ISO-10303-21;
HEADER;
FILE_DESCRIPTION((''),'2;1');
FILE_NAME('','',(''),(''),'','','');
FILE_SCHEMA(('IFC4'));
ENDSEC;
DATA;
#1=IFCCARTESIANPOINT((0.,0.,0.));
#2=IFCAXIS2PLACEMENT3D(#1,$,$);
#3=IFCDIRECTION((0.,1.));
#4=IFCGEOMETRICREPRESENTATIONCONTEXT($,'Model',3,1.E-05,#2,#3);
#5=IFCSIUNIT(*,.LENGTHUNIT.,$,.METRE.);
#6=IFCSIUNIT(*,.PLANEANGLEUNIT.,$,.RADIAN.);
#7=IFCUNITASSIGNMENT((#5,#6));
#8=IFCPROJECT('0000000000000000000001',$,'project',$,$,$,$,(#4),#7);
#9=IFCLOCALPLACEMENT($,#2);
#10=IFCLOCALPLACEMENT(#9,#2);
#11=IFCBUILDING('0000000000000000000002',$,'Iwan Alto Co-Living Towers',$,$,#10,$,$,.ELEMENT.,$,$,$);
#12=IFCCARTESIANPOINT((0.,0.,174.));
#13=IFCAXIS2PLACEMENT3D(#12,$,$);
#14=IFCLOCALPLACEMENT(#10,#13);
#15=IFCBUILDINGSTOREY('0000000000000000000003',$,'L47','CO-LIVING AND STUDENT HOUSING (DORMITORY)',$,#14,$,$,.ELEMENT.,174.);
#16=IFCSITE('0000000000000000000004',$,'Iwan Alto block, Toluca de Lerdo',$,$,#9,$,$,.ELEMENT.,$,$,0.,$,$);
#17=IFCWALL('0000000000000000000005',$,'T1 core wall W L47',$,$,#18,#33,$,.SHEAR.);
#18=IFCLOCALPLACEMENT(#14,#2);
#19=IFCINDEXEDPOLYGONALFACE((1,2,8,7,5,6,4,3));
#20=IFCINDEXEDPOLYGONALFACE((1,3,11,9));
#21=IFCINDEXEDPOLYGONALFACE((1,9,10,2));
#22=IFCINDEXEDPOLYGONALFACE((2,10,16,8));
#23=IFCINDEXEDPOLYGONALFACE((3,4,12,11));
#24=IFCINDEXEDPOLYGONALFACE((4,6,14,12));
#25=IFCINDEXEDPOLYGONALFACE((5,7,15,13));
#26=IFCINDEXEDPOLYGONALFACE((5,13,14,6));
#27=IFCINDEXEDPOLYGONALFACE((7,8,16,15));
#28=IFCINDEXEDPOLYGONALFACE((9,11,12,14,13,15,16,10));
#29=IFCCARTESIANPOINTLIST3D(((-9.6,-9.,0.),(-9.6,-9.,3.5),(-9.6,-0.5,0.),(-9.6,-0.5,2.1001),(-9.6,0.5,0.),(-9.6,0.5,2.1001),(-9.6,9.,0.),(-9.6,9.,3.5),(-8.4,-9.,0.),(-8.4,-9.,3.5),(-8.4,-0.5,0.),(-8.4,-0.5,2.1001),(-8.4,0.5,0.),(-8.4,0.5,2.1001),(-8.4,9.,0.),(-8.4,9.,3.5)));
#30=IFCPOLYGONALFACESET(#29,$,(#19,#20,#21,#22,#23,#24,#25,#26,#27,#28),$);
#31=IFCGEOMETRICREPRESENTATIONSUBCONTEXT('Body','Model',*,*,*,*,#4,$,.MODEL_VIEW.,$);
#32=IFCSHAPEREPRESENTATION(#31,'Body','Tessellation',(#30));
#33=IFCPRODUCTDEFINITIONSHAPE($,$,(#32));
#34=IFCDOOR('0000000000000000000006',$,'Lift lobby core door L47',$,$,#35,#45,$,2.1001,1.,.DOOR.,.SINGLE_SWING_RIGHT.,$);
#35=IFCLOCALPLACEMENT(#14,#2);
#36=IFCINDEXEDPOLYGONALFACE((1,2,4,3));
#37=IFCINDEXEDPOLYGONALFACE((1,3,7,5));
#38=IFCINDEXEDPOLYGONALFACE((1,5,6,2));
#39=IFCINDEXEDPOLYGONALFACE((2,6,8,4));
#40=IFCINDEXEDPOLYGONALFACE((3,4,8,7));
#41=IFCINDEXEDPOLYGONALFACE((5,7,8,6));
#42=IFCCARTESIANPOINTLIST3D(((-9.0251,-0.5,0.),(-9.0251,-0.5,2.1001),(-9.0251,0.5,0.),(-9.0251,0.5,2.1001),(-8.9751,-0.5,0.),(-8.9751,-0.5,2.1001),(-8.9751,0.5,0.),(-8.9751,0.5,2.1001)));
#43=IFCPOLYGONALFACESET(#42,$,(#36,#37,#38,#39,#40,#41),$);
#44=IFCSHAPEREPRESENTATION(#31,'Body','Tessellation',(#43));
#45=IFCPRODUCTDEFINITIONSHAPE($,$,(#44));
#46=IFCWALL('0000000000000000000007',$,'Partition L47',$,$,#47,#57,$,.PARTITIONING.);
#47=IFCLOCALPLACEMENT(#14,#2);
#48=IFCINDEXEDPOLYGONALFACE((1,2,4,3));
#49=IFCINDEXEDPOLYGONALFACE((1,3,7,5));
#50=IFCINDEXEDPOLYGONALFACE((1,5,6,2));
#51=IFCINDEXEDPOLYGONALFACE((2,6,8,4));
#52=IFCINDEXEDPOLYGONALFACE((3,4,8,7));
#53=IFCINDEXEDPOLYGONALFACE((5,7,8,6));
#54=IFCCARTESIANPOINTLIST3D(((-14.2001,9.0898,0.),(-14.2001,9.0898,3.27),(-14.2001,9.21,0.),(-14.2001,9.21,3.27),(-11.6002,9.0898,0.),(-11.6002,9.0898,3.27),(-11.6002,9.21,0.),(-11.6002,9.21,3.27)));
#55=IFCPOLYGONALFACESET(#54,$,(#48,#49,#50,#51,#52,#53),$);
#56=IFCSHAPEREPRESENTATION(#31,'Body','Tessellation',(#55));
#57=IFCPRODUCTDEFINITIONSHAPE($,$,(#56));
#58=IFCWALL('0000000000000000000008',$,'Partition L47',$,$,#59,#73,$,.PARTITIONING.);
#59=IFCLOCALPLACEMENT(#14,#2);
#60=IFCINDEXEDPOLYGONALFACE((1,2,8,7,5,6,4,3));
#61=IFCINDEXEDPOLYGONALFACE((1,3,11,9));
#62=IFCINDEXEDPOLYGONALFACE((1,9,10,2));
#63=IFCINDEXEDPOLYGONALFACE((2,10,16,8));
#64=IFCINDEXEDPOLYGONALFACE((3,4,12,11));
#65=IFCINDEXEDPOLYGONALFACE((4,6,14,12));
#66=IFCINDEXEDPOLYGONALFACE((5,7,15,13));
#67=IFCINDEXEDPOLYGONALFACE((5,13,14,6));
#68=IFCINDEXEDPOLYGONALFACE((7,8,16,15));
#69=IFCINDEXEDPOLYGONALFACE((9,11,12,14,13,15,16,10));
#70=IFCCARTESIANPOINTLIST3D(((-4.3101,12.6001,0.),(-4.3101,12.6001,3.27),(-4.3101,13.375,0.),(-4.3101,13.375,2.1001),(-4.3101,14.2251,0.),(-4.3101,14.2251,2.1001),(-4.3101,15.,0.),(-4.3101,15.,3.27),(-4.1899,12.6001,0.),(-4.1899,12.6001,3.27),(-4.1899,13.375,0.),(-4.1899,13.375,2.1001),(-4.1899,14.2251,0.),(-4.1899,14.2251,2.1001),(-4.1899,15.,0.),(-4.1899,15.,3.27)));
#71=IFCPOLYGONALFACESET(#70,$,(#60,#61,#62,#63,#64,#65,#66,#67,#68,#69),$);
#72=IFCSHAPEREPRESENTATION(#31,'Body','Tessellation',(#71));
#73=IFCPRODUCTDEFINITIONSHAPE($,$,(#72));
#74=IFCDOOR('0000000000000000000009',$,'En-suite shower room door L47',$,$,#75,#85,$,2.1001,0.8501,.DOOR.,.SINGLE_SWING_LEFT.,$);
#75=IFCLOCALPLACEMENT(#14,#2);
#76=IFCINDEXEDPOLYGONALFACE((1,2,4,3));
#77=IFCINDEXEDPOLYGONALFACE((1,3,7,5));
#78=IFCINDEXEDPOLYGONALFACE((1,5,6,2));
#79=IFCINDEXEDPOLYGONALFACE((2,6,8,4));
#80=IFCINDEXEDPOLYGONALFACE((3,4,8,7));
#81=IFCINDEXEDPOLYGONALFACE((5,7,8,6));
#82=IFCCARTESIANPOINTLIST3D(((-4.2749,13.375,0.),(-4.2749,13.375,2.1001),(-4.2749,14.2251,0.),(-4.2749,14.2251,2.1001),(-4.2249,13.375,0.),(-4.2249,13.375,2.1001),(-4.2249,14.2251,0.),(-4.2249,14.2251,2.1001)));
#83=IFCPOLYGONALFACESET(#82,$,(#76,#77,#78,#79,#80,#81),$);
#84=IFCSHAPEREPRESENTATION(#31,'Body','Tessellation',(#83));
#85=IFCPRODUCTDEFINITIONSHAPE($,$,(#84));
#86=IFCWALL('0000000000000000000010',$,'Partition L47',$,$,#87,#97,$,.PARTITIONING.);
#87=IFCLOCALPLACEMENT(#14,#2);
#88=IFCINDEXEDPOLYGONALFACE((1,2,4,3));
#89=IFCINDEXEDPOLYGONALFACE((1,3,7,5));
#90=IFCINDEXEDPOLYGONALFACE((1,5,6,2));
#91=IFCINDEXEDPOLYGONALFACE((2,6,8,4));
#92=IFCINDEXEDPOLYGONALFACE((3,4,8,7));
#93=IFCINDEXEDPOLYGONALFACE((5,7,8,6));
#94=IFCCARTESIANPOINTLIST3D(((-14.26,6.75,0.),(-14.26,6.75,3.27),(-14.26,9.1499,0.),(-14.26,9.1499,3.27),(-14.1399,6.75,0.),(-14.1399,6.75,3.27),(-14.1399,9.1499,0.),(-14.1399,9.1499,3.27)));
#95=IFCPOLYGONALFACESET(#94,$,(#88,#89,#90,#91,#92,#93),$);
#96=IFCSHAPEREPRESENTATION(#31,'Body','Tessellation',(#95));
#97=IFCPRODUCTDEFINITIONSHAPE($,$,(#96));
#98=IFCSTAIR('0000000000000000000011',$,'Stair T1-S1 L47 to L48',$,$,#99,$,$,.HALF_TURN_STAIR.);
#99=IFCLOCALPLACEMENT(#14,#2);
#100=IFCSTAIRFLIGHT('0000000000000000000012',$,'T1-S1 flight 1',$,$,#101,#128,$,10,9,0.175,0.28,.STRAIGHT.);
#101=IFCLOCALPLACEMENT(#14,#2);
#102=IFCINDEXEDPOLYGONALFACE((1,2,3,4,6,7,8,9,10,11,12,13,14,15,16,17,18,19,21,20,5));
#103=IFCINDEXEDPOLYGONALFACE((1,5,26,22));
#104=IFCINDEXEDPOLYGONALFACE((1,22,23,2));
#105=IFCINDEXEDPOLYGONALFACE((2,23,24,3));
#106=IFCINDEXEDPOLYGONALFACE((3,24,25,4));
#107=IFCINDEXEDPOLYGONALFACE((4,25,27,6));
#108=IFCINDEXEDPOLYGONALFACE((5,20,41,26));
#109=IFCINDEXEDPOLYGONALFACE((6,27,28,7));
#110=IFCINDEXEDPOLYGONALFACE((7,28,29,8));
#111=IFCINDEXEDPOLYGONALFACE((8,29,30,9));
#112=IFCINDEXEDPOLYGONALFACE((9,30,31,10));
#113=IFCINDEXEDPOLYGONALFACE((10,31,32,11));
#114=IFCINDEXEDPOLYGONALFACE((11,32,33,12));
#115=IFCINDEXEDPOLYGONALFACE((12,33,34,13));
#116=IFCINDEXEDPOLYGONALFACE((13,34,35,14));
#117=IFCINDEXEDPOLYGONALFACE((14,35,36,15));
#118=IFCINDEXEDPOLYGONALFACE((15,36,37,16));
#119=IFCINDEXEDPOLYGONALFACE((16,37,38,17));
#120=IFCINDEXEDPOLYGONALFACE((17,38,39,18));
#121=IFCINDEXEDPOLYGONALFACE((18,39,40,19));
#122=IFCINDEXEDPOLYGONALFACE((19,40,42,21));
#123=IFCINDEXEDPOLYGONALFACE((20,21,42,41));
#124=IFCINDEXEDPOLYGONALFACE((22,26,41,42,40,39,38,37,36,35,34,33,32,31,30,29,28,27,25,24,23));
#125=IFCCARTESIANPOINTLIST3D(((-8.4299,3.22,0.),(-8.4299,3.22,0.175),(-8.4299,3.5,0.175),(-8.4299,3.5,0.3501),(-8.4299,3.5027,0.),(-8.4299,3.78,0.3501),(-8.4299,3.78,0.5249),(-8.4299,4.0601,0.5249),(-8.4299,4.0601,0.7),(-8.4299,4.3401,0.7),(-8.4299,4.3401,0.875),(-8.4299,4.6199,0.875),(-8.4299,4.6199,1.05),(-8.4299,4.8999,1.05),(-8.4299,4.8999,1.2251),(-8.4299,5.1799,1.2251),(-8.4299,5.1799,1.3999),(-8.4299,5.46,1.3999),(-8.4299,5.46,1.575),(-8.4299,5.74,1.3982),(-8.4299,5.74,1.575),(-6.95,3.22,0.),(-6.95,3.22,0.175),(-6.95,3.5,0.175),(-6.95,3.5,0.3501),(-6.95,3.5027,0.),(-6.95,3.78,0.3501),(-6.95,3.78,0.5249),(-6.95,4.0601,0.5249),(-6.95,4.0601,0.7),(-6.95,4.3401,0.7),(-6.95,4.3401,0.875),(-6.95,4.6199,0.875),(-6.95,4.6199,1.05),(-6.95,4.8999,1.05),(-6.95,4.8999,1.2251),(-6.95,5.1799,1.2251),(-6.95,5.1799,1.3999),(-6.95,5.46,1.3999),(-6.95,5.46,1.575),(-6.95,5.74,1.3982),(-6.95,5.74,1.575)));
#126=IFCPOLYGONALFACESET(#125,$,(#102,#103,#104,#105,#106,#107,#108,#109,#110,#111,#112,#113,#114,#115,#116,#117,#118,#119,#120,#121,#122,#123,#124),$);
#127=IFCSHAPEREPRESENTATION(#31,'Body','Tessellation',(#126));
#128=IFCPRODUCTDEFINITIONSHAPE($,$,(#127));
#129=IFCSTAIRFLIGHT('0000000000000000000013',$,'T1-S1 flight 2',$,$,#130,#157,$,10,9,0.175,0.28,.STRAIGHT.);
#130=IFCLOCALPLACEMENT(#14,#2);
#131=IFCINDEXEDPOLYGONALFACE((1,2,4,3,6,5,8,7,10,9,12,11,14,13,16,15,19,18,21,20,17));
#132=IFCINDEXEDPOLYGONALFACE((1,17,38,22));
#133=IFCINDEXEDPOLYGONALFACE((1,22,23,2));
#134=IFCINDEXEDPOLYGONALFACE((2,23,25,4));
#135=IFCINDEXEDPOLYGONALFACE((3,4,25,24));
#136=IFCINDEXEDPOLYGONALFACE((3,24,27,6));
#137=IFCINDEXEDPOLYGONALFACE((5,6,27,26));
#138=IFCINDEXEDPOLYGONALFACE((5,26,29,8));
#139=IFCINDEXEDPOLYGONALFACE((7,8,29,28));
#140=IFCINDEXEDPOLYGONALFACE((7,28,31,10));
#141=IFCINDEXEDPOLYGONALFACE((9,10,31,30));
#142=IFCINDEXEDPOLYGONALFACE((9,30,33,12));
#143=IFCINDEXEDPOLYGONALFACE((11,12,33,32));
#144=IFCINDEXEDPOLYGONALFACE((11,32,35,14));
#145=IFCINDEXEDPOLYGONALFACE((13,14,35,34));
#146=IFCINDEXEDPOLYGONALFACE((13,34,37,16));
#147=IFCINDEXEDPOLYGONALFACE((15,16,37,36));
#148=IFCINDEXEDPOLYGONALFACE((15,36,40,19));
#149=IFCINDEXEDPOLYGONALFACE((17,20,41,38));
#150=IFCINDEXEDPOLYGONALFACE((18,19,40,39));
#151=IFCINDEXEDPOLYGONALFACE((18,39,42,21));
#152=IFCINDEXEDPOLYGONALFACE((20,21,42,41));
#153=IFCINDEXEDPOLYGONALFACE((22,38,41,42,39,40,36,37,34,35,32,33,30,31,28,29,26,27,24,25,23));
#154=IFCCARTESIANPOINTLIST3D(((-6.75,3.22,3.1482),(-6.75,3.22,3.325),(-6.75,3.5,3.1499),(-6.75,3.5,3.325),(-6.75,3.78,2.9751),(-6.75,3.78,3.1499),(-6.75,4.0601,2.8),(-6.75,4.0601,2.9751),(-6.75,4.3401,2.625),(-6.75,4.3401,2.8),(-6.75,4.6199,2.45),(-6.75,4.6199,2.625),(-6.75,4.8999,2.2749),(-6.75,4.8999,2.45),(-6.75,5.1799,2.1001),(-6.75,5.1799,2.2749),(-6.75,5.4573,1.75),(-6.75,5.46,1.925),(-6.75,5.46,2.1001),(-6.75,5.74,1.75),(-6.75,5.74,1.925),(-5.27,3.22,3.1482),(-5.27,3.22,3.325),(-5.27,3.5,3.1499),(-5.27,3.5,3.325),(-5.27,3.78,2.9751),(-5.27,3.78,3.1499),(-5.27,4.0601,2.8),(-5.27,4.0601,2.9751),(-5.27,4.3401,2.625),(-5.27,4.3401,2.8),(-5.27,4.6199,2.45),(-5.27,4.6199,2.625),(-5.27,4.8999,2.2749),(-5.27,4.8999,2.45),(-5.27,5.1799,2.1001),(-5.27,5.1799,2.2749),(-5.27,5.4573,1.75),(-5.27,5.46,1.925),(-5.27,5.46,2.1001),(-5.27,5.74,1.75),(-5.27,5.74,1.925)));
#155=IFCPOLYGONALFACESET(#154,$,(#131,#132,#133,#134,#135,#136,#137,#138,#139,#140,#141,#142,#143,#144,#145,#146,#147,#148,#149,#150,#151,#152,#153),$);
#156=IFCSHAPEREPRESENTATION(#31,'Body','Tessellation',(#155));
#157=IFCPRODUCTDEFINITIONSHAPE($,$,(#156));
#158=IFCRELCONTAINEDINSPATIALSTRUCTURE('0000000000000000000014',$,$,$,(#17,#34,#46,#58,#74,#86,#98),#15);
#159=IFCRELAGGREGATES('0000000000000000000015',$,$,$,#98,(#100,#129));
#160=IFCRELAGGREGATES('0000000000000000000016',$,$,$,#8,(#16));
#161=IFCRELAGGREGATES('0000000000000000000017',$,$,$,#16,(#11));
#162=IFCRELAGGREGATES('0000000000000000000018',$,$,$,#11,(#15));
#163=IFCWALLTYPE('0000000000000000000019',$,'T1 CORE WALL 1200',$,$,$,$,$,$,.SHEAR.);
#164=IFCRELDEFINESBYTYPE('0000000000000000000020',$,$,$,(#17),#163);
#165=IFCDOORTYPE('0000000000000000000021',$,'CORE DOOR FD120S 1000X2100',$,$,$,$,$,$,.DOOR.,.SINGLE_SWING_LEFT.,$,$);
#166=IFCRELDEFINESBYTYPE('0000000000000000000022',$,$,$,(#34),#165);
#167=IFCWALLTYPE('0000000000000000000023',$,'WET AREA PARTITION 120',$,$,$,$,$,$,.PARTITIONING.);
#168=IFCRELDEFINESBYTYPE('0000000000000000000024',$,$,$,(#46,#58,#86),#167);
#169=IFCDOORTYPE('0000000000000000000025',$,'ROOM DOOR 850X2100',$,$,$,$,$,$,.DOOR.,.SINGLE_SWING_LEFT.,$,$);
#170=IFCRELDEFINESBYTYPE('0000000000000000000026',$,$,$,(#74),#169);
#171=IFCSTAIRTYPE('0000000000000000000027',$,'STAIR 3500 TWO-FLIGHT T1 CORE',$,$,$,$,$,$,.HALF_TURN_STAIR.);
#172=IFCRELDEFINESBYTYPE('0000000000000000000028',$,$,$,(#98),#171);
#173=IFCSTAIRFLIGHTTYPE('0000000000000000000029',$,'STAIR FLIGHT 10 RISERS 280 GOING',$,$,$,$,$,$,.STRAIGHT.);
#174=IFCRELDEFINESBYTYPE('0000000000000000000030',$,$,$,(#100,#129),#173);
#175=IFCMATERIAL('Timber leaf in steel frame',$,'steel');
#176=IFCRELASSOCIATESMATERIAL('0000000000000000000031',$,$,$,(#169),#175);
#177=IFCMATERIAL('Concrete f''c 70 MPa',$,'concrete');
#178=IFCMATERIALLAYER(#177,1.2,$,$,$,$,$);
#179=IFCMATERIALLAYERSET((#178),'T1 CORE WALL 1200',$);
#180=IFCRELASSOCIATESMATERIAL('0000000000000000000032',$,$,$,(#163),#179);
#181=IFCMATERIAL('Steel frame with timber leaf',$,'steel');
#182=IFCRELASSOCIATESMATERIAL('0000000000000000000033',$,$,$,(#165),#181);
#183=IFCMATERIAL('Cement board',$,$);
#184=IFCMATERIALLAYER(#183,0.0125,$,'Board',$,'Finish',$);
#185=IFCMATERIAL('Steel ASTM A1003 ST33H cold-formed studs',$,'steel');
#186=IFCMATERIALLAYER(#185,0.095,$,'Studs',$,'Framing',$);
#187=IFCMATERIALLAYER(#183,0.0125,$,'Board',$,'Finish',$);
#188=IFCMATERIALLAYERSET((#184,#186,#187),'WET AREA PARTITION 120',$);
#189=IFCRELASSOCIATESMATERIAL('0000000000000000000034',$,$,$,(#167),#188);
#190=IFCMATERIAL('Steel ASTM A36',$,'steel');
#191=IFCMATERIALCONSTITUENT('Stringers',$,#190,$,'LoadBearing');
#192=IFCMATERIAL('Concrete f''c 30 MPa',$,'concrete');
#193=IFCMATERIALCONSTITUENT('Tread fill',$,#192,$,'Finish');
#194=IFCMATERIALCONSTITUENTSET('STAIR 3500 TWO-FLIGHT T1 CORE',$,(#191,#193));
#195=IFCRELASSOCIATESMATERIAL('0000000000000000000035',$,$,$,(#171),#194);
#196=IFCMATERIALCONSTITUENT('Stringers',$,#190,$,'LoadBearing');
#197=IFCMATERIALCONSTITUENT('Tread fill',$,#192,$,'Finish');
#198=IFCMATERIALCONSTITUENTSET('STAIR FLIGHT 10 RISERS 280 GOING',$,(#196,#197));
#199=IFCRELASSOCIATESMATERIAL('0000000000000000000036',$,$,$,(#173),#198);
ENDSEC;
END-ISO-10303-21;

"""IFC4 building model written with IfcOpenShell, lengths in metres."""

from ifc_helpers import new_model, si_unit, direction, frame, frame_2d, origin, place, context, subcontext, project, spatial, polyline, rectangle, outline, extrude, material, layer, layer_set, constituent, constituent_set, type_object, element, fill, aggregate, save


model = new_model("IFC4")

# Units and contexts
model_context = context("Model", 3, precision=1e-05, world=origin(), true_north=direction((0.0, 1.0)))
body_context = subcontext(model_context, "Body", "Model", "MODEL_VIEW")
ifc_project = project(units=[si_unit("LENGTHUNIT", "METRE"), si_unit("PLANEANGLEUNIT", "RADIAN")], contexts=[model_context])

# Site, building, storey
site_placement = place(None, origin())
site = spatial("IfcSite", under=ifc_project, at=site_placement, Name="Iwan Alto block, Toluca de Lerdo", CompositionType="ELEMENT", RefElevation=0.0)
building_placement = place(site_placement, origin())
building = spatial("IfcBuilding", under=site, at=building_placement, Name="Iwan Alto Co-Living Towers", CompositionType="ELEMENT")
storey_placement = place(building_placement, frame((0.0, 0.0, 174.0)))
storey = spatial("IfcBuildingStorey", under=building, at=storey_placement, Name="L47", Description="CO-LIVING AND STUDENT HOUSING (DORMITORY)", CompositionType="ELEMENT", Elevation=174.0)

# Shared definitions
ifc_material_1 = material(Name="Steel ASTM A1003 ST33H cold-formed studs", Category="steel")

# Shared definitions
ifc_material_2 = material(Name="Timber leaf in steel frame", Category="steel")
door_type_1 = type_object("IfcDoorType", Name="ROOM DOOR 850X2100", OperationType="SINGLE_SWING_LEFT", PredefinedType="DOOR", material=ifc_material_2)

# Wall, opening, door
ifc_material_3 = material(Name="Concrete f'c 70 MPa", Category="concrete")
ifc_layer_1 = layer(ifc_material_3, 1.2)
ifc_layer_set_1 = layer_set([ifc_layer_1], Name="T1 CORE WALL 1200")
wall_type_1 = type_object("IfcWallType", Name="T1 CORE WALL 1200", PredefinedType="SHEAR", material=ifc_layer_set_1)
wall_1_placement = place(storey_placement, frame((-9.0, 9.0, 0.0), z_axis=(0.0, 0.0, 1.0), x_axis=(0.0, -1.0, 0.0)))
wall_1 = element("IfcWall", 1, at=wall_1_placement, inside=storey, type_object=wall_type_1, Name="T1 core wall W L47", PredefinedType="SHEAR", context=body_context, shape_type="SweptSolid", body=[
    extrude(rectangle(XDim=18.0, YDim=1.2, at=frame_2d((9.0, 0.0))), origin(), (0.0, 0.0, 1.0), 3.5),
])
opening_1_placement = place(wall_1_placement, frame((8.5, 0.0, 0.0)))
opening_1 = element("IfcOpeningElement", 2, at=opening_1_placement, cuts=wall_1, PredefinedType="OPENING", context=body_context, shape_type="SweptSolid", body=[
    extrude(rectangle(XDim=1.0, YDim=2.1001, at=frame_2d((0.5, 1.05))), frame((0.0, 0.6099, 0.0), z_axis=(0.0, -1.0, 0.0), x_axis=(1.0, 0.0, 0.0)), (0.0, 0.0, 1.0), 1.22),
])
ifc_material_4 = material(Name="Steel frame with timber leaf", Category="steel")
door_type_2 = type_object("IfcDoorType", Name="CORE DOOR FD120S 1000X2100", OperationType="SINGLE_SWING_LEFT", PredefinedType="DOOR", material=ifc_material_4)
door_1_placement = place(opening_1_placement, origin())
door_1 = element("IfcDoor", 3, at=door_1_placement, inside=storey, type_object=door_type_2, Name="Lift lobby core door L47", OperationType="SINGLE_SWING_RIGHT", OverallHeight=2.1001, OverallWidth=1.0, PredefinedType="DOOR", context=body_context, shape_type="SweptSolid", body=[
    extrude(rectangle(XDim=1.0, YDim=2.1001, at=frame_2d((0.5, 1.05))), frame((0.0, 0.0249, 0.0), z_axis=(0.0, -1.0, 0.0), x_axis=(1.0, 0.0, 0.0)), (0.0, 0.0, 1.0), 0.05),
])
fill(opening_1, door_1)

# Wall
ifc_material_5 = material(Name="Cement board")
ifc_layer_2 = layer(ifc_material_5, 0.0125, Name="Board", Category="Finish")
ifc_layer_3 = layer(ifc_material_1, 0.095, Name="Studs", Category="Framing")
ifc_layer_4 = layer(ifc_material_5, 0.0125, Name="Board", Category="Finish")
ifc_layer_set_2 = layer_set([ifc_layer_2, ifc_layer_3, ifc_layer_4], Name="WET AREA PARTITION 120")
wall_type_2 = type_object("IfcWallType", Name="WET AREA PARTITION 120", PredefinedType="PARTITIONING", material=ifc_layer_set_2)
wall_2_placement = place(storey_placement, frame((-14.2, 9.1499, 0.0), z_axis=(0.0, 0.0, 1.0), x_axis=(1.0, 0.0, 0.0)))
element("IfcWall", 4, at=wall_2_placement, inside=storey, type_object=wall_type_2, Name="Partition L47", PredefinedType="PARTITIONING", context=body_context, shape_type="SweptSolid", body=[
    extrude(rectangle(XDim=2.5999, YDim=0.1201, at=frame_2d((1.2998, 0.0))), origin(), (0.0, 0.0, 1.0), 3.27),
])

# Wall, opening, door
wall_3_placement = place(storey_placement, frame((-4.25, 12.6001, 0.0), z_axis=(0.0, 0.0, 1.0), x_axis=(0.0, 1.0, 0.0)))
wall_3 = element("IfcWall", 5, at=wall_3_placement, inside=storey, type_object=wall_type_2, Name="Partition L47", PredefinedType="PARTITIONING", context=body_context, shape_type="SweptSolid", body=[
    extrude(rectangle(XDim=2.3999, YDim=0.1201, at=frame_2d((1.2, 0.0))), origin(), (0.0, 0.0, 1.0), 3.27),
])
opening_2_placement = place(wall_3_placement, frame((0.7749, 0.0, 0.0)))
opening_2 = element("IfcOpeningElement", 6, at=opening_2_placement, cuts=wall_3, PredefinedType="OPENING", context=body_context, shape_type="SweptSolid", body=[
    extrude(rectangle(XDim=0.8501, YDim=2.1001, at=frame_2d((0.425, 1.05))), frame((0.0, 0.0701, 0.0), z_axis=(0.0, -1.0, 0.0), x_axis=(1.0, 0.0, 0.0)), (0.0, 0.0, 1.0), 0.1401),
])
door_2_placement = place(opening_2_placement, origin())
door_2 = element("IfcDoor", 7, at=door_2_placement, inside=storey, type_object=door_type_1, Name="En-suite shower room door L47", OperationType="SINGLE_SWING_LEFT", OverallHeight=2.1001, OverallWidth=0.8501, PredefinedType="DOOR", context=body_context, shape_type="SweptSolid", body=[
    extrude(rectangle(XDim=0.8501, YDim=2.1001, at=frame_2d((0.425, 1.05))), frame((0.0, 0.0249, 0.0), z_axis=(0.0, -1.0, 0.0), x_axis=(1.0, 0.0, 0.0)), (0.0, 0.0, 1.0), 0.05),
])
fill(opening_2, door_2)

# Wall
wall_4_placement = place(storey_placement, frame((-14.2, 6.75, 0.0), z_axis=(0.0, 0.0, 1.0), x_axis=(0.0, 1.0, 0.0)))
element("IfcWall", 8, at=wall_4_placement, inside=storey, type_object=wall_type_2, Name="Partition L47", PredefinedType="PARTITIONING", context=body_context, shape_type="SweptSolid", body=[
    extrude(rectangle(XDim=2.3999, YDim=0.1201, at=frame_2d((1.2, 0.0))), origin(), (0.0, 0.0, 1.0), 3.27),
])

# Stair, stair flights
ifc_material_6 = material(Name="Steel ASTM A36", Category="steel")
ifc_constituent_1 = constituent(ifc_material_6, Name="Stringers", Category="LoadBearing")
ifc_material_7 = material(Name="Concrete f'c 30 MPa", Category="concrete")
ifc_constituent_2 = constituent(ifc_material_7, Name="Tread fill", Category="Finish")
ifc_constituent_set_1 = constituent_set(constituents=[ifc_constituent_1, ifc_constituent_2], Name="STAIR 3500 TWO-FLIGHT T1 CORE")
stair_type = type_object("IfcStairType", Name="STAIR 3500 TWO-FLIGHT T1 CORE", PredefinedType="HALF_TURN_STAIR", material=ifc_constituent_set_1)
stair_placement = place(storey_placement, origin())
stair = element("IfcStair", 9, at=stair_placement, inside=storey, type_object=stair_type, Name="Stair T1-S1 L47 to L48", PredefinedType="HALF_TURN_STAIR")
ifc_constituent_3 = constituent(ifc_material_6, Name="Stringers", Category="LoadBearing")
ifc_constituent_4 = constituent(ifc_material_7, Name="Tread fill", Category="Finish")
ifc_constituent_set_2 = constituent_set(constituents=[ifc_constituent_3, ifc_constituent_4], Name="STAIR FLIGHT 10 RISERS 280 GOING")
stair_flight_type = type_object("IfcStairFlightType", Name="STAIR FLIGHT 10 RISERS 280 GOING", PredefinedType="STRAIGHT", material=ifc_constituent_set_2)
stair_flight_1_placement = place(storey_placement, frame((-7.6899, 3.22, 0.0), z_axis=(0.0, 0.0, 1.0), x_axis=(0.0, 1.0, 0.0)))
stair_flight_1 = element("IfcStairFlight", 10, at=stair_flight_1_placement, type_object=stair_flight_type, Name="T1-S1 flight 1", NumberOfRisers=10, NumberOfTreads=9, PredefinedType="STRAIGHT", RiserHeight=0.175, TreadLength=0.28, context=body_context, shape_type="SweptSolid", body=[
    extrude(outline(polyline([(0.0, 0.0), (0.0, 0.175), (0.28, 0.175), (0.28, 0.3501), (0.5601, 0.3501), (0.5601, 0.5249), (0.8401, 0.5249), (0.8401, 0.7), (1.1201, 0.7), (1.1201, 0.875), (1.3999, 0.875), (1.3999, 1.05), (1.6799, 1.05), (1.6799, 1.2251), (1.96, 1.2251), (1.96, 1.3999), (2.24, 1.3999), (2.24, 1.575), (2.52, 1.575), (2.52, 1.75), (2.52, 1.3982), (0.2827, 0.0), (0.0, 0.0)])), frame((0.0, 0.74, 0.0), z_axis=(0.0, -1.0, 0.0), x_axis=(1.0, 0.0, 0.0)), (0.0, 0.0, 1.0), 1.48),
])
stair_flight_2_placement = place(storey_placement, frame((-6.01, 5.74, 1.75), z_axis=(0.0, 0.0, 1.0), x_axis=(0.0, -1.0, 0.0)))
stair_flight_2 = element("IfcStairFlight", 11, at=stair_flight_2_placement, type_object=stair_flight_type, Name="T1-S1 flight 2", NumberOfRisers=10, NumberOfTreads=9, PredefinedType="STRAIGHT", RiserHeight=0.175, TreadLength=0.28, context=body_context, shape_type="SweptSolid", body=[
    extrude(outline(polyline([(0.0, 0.0), (0.0, 0.175), (0.28, 0.175), (0.28, 0.3501), (0.5601, 0.3501), (0.5601, 0.5249), (0.8401, 0.5249), (0.8401, 0.7), (1.1201, 0.7), (1.1201, 0.875), (1.3999, 0.875), (1.3999, 1.05), (1.6799, 1.05), (1.6799, 1.2251), (1.96, 1.2251), (1.96, 1.3999), (2.24, 1.3999), (2.24, 1.575), (2.52, 1.575), (2.52, 1.75), (2.52, 1.3982), (0.2827, 0.0), (0.0, 0.0)])), frame((0.0, 0.74, 0.0), z_axis=(0.0, -1.0, 0.0), x_axis=(1.0, 0.0, 0.0)), (0.0, 0.0, 1.0), 1.48),
])
aggregate(stair, [stair_flight_1, stair_flight_2])

save(model, "model.ifc")
